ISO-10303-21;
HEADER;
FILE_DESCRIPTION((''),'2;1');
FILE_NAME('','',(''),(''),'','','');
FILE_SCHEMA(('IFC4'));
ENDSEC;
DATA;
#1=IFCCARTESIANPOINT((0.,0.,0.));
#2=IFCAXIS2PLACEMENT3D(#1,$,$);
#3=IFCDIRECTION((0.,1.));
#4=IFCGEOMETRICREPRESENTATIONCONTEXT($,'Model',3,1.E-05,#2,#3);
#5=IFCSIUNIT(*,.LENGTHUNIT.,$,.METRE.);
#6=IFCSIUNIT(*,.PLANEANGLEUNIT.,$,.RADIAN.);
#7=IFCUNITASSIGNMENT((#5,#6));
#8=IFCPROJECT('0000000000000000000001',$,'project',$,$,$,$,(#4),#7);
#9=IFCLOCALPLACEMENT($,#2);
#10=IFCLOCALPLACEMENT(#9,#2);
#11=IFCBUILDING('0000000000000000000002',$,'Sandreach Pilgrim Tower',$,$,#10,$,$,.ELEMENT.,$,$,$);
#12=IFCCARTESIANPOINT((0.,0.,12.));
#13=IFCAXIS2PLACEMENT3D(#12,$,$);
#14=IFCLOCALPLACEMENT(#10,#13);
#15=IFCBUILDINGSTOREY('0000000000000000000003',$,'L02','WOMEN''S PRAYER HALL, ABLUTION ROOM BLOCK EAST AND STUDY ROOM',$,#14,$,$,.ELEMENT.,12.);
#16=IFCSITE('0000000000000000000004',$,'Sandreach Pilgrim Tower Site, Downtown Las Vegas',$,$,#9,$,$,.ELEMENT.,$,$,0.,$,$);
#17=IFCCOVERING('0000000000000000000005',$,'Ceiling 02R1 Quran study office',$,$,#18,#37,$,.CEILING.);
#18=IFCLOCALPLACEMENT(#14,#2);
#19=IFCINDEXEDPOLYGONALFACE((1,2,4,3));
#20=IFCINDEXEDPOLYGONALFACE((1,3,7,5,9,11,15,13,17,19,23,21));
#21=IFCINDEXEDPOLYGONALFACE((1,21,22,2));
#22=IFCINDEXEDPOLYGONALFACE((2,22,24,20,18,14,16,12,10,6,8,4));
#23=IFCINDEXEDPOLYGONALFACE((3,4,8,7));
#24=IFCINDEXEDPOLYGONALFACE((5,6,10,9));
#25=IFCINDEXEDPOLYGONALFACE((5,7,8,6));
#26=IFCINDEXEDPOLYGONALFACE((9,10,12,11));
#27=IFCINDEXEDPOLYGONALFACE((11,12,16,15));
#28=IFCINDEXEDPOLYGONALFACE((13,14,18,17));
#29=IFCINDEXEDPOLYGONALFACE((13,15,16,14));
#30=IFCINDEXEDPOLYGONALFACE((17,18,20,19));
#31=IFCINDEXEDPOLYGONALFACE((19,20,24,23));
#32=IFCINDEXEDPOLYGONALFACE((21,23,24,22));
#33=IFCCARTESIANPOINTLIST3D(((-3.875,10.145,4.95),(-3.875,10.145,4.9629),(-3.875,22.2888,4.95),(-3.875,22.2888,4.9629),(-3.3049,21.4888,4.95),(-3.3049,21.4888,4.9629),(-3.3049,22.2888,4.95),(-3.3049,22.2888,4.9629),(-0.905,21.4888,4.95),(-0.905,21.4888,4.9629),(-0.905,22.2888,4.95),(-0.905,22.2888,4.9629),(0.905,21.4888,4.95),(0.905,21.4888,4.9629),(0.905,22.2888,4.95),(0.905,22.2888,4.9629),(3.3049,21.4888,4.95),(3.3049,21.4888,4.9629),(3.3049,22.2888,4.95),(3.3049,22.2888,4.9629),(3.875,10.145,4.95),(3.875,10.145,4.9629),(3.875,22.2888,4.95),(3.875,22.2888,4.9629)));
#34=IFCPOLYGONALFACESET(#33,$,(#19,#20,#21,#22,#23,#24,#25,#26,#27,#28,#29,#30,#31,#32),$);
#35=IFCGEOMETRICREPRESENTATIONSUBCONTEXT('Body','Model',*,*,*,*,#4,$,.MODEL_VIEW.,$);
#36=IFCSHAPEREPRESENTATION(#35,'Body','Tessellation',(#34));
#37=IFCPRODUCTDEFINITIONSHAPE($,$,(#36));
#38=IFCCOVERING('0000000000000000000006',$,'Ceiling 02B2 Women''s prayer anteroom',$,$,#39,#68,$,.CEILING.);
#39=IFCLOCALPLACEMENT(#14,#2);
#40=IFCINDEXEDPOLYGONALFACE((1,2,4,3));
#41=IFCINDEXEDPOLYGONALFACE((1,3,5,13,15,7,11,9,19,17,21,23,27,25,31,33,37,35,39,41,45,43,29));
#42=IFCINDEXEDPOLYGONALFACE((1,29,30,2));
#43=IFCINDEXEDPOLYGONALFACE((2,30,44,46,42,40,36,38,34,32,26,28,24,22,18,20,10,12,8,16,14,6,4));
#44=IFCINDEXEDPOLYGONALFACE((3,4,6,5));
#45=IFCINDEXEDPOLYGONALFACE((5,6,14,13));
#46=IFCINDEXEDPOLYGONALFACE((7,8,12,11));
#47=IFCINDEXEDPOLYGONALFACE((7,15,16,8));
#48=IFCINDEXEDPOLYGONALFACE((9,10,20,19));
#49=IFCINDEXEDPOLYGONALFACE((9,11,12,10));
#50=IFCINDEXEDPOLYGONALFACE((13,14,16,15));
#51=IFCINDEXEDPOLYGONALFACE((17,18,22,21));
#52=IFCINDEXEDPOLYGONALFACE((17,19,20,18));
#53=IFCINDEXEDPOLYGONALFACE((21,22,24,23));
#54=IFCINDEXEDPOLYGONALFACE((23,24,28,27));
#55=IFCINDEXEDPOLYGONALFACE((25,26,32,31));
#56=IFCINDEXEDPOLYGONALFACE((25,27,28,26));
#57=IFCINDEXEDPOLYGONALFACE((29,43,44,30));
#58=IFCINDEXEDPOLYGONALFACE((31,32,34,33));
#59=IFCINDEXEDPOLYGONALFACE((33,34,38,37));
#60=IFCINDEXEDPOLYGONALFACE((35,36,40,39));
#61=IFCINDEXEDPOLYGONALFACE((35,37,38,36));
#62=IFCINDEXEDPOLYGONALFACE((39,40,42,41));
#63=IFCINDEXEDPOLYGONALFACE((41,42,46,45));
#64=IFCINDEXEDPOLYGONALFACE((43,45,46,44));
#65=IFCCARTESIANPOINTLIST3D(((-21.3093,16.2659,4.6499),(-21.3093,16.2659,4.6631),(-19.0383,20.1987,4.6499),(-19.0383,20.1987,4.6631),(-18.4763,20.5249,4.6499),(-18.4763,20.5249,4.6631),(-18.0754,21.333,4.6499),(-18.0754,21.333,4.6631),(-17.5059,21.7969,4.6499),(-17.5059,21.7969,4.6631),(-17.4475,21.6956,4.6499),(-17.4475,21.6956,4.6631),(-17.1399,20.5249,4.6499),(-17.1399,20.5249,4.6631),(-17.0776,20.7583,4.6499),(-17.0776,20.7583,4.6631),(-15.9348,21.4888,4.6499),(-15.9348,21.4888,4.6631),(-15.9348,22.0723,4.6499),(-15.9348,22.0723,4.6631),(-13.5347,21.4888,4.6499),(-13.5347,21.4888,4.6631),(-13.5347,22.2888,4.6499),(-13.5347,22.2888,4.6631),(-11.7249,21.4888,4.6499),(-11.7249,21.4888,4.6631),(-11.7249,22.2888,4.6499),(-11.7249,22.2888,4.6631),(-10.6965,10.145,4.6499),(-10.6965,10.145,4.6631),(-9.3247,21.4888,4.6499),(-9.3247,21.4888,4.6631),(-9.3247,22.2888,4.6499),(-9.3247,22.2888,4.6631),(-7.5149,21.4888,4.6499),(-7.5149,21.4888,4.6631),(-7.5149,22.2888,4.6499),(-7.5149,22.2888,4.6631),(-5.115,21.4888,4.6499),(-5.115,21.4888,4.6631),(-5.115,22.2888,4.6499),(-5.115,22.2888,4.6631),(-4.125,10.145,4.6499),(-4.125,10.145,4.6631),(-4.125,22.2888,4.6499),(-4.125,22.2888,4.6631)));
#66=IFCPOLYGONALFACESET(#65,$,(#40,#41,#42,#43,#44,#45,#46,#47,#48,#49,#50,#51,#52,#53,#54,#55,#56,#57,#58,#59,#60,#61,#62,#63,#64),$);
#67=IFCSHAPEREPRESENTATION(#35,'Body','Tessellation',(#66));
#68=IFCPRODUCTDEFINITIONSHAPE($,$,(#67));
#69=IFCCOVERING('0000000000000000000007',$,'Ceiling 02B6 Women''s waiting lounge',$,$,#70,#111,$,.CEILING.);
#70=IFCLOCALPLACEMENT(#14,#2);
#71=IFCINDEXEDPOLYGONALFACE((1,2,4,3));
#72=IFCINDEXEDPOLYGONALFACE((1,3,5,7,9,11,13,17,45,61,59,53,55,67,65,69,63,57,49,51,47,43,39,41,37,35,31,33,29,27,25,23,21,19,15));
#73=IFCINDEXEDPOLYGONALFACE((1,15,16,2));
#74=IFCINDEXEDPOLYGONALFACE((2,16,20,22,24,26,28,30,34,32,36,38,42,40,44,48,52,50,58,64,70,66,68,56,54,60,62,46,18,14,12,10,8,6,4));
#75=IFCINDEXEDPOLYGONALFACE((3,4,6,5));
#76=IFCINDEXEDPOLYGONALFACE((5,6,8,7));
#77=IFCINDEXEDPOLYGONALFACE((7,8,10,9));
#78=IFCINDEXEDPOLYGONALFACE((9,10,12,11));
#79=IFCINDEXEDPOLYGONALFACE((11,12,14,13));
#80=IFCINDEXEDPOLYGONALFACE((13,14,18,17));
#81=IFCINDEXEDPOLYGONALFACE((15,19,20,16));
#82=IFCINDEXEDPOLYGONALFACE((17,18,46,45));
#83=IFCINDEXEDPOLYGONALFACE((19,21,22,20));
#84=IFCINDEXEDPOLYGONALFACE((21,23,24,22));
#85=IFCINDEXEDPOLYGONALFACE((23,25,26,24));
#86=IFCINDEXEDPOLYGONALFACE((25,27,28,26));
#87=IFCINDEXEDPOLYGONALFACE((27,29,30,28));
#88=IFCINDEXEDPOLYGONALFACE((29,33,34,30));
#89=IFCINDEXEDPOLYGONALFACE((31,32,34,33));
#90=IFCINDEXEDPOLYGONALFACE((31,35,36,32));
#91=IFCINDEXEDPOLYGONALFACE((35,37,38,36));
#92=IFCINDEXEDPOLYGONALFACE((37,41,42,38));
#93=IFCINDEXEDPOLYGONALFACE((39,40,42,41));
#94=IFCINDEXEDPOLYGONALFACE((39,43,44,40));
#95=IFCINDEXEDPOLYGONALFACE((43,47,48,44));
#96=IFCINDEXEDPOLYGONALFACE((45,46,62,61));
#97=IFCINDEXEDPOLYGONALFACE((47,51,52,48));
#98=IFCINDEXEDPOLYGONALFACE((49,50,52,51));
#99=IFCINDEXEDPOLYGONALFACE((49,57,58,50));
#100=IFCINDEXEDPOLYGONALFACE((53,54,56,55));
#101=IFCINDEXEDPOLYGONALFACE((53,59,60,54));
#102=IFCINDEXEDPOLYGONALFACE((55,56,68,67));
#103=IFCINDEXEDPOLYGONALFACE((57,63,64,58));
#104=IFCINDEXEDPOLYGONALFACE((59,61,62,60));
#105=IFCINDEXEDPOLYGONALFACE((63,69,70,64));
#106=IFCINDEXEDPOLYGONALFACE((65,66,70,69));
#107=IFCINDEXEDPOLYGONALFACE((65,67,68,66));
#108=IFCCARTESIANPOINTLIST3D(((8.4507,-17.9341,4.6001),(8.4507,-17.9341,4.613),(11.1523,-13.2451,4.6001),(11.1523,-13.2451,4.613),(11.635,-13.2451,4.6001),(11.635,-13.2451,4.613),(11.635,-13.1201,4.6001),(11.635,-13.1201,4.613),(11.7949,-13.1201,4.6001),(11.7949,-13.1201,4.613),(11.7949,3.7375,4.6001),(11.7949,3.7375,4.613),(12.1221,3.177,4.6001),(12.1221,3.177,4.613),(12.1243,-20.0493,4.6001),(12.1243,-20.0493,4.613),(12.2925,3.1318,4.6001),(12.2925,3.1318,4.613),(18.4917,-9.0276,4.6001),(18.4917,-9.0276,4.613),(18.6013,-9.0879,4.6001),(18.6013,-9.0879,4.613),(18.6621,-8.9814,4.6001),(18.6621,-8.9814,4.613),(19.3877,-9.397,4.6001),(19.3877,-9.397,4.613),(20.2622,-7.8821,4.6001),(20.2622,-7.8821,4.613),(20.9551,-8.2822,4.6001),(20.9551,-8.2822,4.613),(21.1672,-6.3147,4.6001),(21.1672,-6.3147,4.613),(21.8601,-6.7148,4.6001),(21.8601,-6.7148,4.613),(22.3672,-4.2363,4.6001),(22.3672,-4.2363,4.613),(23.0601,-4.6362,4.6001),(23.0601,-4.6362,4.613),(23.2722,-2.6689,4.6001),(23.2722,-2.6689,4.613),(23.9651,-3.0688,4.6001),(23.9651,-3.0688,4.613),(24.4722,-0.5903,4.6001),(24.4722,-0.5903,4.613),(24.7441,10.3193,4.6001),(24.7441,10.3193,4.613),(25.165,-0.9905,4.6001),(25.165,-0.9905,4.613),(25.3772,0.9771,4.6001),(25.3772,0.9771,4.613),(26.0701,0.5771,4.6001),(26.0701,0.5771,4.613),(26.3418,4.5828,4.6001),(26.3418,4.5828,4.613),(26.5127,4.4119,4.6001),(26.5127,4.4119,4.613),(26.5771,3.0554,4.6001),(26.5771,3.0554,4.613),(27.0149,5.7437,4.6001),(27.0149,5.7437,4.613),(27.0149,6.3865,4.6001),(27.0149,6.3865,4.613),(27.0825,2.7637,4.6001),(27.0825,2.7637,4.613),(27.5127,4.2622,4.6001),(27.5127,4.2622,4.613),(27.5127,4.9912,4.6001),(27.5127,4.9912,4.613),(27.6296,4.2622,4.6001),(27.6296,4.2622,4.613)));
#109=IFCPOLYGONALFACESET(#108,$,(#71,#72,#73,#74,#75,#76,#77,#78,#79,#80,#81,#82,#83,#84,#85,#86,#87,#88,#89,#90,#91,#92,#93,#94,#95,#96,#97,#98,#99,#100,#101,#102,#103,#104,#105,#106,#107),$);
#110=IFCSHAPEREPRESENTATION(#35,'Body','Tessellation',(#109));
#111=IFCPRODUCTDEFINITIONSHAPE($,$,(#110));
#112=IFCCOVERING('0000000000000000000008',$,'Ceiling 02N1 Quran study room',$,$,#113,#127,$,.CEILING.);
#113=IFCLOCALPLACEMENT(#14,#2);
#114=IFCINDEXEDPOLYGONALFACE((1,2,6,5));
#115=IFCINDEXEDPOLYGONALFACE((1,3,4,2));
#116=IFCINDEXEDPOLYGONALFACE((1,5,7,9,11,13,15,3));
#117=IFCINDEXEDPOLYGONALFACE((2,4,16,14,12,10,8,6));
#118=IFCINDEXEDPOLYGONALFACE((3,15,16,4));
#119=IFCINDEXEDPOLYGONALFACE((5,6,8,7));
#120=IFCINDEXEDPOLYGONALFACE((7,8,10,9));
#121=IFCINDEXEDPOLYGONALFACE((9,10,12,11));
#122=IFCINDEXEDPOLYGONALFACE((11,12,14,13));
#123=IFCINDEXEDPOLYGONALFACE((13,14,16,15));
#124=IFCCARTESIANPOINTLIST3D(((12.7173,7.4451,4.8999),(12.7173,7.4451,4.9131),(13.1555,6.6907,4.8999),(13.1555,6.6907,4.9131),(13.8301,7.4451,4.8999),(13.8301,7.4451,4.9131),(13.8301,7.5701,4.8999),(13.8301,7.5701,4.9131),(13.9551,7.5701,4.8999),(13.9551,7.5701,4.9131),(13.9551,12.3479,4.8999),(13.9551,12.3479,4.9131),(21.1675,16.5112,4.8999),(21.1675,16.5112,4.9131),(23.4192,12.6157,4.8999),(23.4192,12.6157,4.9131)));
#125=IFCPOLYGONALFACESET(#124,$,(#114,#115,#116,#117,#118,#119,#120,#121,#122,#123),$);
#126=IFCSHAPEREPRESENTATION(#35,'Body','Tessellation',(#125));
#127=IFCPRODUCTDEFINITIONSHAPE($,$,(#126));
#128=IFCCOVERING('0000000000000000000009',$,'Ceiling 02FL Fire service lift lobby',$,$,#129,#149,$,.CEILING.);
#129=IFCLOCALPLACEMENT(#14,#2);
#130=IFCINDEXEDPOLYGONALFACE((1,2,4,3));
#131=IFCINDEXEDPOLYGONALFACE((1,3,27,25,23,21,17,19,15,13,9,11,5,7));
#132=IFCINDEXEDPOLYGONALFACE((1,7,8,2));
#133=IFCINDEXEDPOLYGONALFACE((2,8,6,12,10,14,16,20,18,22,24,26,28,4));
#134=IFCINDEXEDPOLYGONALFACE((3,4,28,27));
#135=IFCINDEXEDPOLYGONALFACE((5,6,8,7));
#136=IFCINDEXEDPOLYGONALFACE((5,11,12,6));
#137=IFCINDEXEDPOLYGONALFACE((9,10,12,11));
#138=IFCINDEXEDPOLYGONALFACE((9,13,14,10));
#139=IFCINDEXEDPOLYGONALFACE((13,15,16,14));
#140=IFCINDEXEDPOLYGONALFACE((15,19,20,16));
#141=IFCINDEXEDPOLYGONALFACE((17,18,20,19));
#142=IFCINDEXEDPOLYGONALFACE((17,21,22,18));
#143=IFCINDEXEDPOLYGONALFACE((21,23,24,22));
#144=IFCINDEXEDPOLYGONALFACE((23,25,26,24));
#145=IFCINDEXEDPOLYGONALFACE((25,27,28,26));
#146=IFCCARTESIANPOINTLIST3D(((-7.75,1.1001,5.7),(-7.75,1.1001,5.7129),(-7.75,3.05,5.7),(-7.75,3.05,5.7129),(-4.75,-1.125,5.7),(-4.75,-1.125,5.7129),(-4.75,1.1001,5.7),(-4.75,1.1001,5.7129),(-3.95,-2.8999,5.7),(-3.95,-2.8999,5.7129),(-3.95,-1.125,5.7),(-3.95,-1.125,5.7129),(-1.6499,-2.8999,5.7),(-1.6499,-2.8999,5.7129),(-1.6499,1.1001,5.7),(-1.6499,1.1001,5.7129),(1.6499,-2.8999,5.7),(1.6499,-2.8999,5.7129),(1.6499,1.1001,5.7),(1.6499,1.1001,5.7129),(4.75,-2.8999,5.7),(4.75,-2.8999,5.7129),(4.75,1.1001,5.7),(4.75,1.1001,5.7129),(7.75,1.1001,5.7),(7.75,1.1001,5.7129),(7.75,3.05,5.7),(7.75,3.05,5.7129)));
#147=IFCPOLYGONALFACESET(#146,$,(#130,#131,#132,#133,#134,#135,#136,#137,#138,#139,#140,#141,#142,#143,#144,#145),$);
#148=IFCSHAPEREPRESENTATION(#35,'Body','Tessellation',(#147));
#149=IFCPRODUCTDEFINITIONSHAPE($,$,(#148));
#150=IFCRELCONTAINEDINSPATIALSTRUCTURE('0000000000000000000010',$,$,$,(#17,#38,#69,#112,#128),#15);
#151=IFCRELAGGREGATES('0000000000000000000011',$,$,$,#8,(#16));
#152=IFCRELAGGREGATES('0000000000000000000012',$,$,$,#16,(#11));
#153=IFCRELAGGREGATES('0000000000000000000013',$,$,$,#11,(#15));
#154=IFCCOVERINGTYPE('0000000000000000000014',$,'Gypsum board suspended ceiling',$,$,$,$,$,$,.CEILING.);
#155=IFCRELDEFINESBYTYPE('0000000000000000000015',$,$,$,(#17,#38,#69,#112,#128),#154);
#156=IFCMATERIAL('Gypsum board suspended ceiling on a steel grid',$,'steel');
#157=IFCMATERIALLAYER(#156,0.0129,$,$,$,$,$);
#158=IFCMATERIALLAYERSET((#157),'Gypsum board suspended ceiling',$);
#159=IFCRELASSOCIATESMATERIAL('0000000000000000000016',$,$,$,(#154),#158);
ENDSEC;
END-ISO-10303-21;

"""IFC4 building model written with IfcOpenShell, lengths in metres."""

from ifc_helpers import new_model, si_unit, direction, frame, origin, place, context, subcontext, project, spatial, polyline, outline, extrude, material, layer, layer_set, type_object, element, save


model = new_model("IFC4")

# Units and contexts
model_context = context("Model", 3, precision=1e-05, world=origin(), true_north=direction((0.0, 1.0)))
body_context = subcontext(model_context, "Body", "Model", "MODEL_VIEW")
ifc_project = project(units=[si_unit("LENGTHUNIT", "METRE"), si_unit("PLANEANGLEUNIT", "RADIAN")], contexts=[model_context])

# Site, building, storey
site_placement = place(None, origin())
site = spatial("IfcSite", under=ifc_project, at=site_placement, Name="Sandreach Pilgrim Tower Site, Downtown Las Vegas", CompositionType="ELEMENT", RefElevation=0.0)
building_placement = place(site_placement, origin())
building = spatial("IfcBuilding", under=site, at=building_placement, Name="Sandreach Pilgrim Tower", CompositionType="ELEMENT")
storey_placement = place(building_placement, frame((0.0, 0.0, 12.0)))
storey = spatial("IfcBuildingStorey", under=building, at=storey_placement, Name="L02", Description="WOMEN'S PRAYER HALL, ABLUTION ROOM BLOCK EAST AND STUDY ROOM", CompositionType="ELEMENT", Elevation=12.0)

# Coverings
ifc_material_1 = material(Name="Gypsum board suspended ceiling on a steel grid", Category="steel")
ifc_layer_1 = layer(ifc_material_1, 0.0129)
ifc_layer_set_1 = layer_set([ifc_layer_1], Name="Gypsum board suspended ceiling")
covering_type_1 = type_object("IfcCoveringType", Name="Gypsum board suspended ceiling", PredefinedType="CEILING", material=ifc_layer_set_1)
covering_1_placement = place(storey_placement, frame((0.0, 0.0, 4.95)))
element("IfcCovering", 1, at=covering_1_placement, inside=storey, type_object=covering_type_1, Name="Ceiling 02R1 Quran study office", PredefinedType="CEILING", context=body_context, shape_type="SweptSolid", body=[
    extrude(outline(polyline([(0.905, 21.4888), (3.3049, 21.4888), (3.3049, 22.2888), (3.875, 22.2888), (3.875, 10.145), (-3.875, 10.145), (-3.875, 22.2888), (-3.3049, 22.2888), (-3.3049, 21.4888), (-0.905, 21.4888), (-0.905, 22.2888), (0.905, 22.2888), (0.905, 21.4888)])), origin(), (0.0, 0.0, 1.0), 0.0129),
])
covering_2_placement = place(storey_placement, frame((0.0, 0.0, 4.6499)))
element("IfcCovering", 2, at=covering_2_placement, inside=storey, type_object=covering_type_1, Name="Ceiling 02B2 Women's prayer anteroom", PredefinedType="CEILING", context=body_context, shape_type="SweptSolid", body=[
    extrude(outline(polyline([(-15.9348, 22.0723), (-15.9348, 21.4888), (-13.5347, 21.4888), (-13.5347, 22.2888), (-11.7249, 22.2888), (-11.7249, 21.4888), (-9.3247, 21.4888), (-9.3247, 22.2888), (-7.5149, 22.2888), (-7.5149, 21.4888), (-5.115, 21.4888), (-5.115, 22.2888), (-4.125, 22.2888), (-4.125, 10.145), (-10.6965, 10.145), (-21.3093, 16.2659), (-19.0383, 20.1987), (-18.4763, 20.5249), (-17.1399, 20.5249), (-17.0776, 20.7583), (-18.0754, 21.333), (-17.4475, 21.6956), (-17.5059, 21.7969), (-15.9348, 22.0723)])), origin(), (0.0, 0.0, 1.0), 0.0132),
])
covering_3_placement = place(storey_placement, frame((0.0, 0.0, 4.6001)))
element("IfcCovering", 3, at=covering_3_placement, inside=storey, type_object=covering_type_1, Name="Ceiling 02B6 Women's waiting lounge", PredefinedType="CEILING", context=body_context, shape_type="SweptSolid", body=[
    extrude(outline(polyline([(11.635, -13.1201), (11.7949, -13.1201), (11.7949, 3.7375), (12.1221, 3.177), (12.2925, 3.1318), (24.7441, 10.3193), (27.0149, 6.3865), (27.0149, 5.7437), (26.3418, 4.5828), (26.5127, 4.4119), (27.5127, 4.9912), (27.5127, 4.2622), (27.6296, 4.2622), (27.0825, 2.7637), (26.5771, 3.0554), (25.3772, 0.9771), (26.0701, 0.5771), (25.165, -0.9905), (24.4722, -0.5903), (23.2722, -2.6689), (23.9651, -3.0688), (23.0601, -4.6362), (22.3672, -4.2363), (21.1672, -6.3147), (21.8601, -6.7148), (20.9551, -8.2822), (20.2622, -7.8821), (19.3877, -9.397), (18.6621, -8.9814), (18.6013, -9.0879), (18.4917, -9.0276), (12.1243, -20.0493), (8.4507, -17.9341), (11.1523, -13.2451), (11.635, -13.2451), (11.635, -13.1201)])), origin(), (0.0, 0.0, 1.0), 0.0129),
])
covering_4_placement = place(storey_placement, frame((0.0, 0.0, 4.8999)))
element("IfcCovering", 4, at=covering_4_placement, inside=storey, type_object=covering_type_1, Name="Ceiling 02N1 Quran study room", PredefinedType="CEILING", context=body_context, shape_type="SweptSolid", body=[
    extrude(outline(polyline([(13.8301, 7.5701), (13.9551, 7.5701), (13.9551, 12.3479), (21.1675, 16.5112), (23.4192, 12.6157), (13.1555, 6.6907), (12.7173, 7.4451), (13.8301, 7.4451), (13.8301, 7.5701)])), origin(), (0.0, 0.0, 1.0), 0.0132),
])
covering_5_placement = place(storey_placement, frame((0.0, 0.0, 5.7)))
element("IfcCovering", 5, at=covering_5_placement, inside=storey, type_object=covering_type_1, Name="Ceiling 02FL Fire service lift lobby", PredefinedType="CEILING", context=body_context, shape_type="SweptSolid", body=[
    extrude(outline(polyline([(-3.95, -1.125), (-4.75, -1.125), (-4.75, 1.1001), (-7.75, 1.1001), (-7.75, 3.05), (7.75, 3.05), (7.75, 1.1001), (4.75, 1.1001), (4.75, -2.8999), (1.6499, -2.8999), (1.6499, 1.1001), (-1.6499, 1.1001), (-1.6499, -2.8999), (-3.95, -2.8999), (-3.95, -1.125)])), origin(), (0.0, 0.0, 1.0), 0.0129),
])

save(model, "model.ifc")
